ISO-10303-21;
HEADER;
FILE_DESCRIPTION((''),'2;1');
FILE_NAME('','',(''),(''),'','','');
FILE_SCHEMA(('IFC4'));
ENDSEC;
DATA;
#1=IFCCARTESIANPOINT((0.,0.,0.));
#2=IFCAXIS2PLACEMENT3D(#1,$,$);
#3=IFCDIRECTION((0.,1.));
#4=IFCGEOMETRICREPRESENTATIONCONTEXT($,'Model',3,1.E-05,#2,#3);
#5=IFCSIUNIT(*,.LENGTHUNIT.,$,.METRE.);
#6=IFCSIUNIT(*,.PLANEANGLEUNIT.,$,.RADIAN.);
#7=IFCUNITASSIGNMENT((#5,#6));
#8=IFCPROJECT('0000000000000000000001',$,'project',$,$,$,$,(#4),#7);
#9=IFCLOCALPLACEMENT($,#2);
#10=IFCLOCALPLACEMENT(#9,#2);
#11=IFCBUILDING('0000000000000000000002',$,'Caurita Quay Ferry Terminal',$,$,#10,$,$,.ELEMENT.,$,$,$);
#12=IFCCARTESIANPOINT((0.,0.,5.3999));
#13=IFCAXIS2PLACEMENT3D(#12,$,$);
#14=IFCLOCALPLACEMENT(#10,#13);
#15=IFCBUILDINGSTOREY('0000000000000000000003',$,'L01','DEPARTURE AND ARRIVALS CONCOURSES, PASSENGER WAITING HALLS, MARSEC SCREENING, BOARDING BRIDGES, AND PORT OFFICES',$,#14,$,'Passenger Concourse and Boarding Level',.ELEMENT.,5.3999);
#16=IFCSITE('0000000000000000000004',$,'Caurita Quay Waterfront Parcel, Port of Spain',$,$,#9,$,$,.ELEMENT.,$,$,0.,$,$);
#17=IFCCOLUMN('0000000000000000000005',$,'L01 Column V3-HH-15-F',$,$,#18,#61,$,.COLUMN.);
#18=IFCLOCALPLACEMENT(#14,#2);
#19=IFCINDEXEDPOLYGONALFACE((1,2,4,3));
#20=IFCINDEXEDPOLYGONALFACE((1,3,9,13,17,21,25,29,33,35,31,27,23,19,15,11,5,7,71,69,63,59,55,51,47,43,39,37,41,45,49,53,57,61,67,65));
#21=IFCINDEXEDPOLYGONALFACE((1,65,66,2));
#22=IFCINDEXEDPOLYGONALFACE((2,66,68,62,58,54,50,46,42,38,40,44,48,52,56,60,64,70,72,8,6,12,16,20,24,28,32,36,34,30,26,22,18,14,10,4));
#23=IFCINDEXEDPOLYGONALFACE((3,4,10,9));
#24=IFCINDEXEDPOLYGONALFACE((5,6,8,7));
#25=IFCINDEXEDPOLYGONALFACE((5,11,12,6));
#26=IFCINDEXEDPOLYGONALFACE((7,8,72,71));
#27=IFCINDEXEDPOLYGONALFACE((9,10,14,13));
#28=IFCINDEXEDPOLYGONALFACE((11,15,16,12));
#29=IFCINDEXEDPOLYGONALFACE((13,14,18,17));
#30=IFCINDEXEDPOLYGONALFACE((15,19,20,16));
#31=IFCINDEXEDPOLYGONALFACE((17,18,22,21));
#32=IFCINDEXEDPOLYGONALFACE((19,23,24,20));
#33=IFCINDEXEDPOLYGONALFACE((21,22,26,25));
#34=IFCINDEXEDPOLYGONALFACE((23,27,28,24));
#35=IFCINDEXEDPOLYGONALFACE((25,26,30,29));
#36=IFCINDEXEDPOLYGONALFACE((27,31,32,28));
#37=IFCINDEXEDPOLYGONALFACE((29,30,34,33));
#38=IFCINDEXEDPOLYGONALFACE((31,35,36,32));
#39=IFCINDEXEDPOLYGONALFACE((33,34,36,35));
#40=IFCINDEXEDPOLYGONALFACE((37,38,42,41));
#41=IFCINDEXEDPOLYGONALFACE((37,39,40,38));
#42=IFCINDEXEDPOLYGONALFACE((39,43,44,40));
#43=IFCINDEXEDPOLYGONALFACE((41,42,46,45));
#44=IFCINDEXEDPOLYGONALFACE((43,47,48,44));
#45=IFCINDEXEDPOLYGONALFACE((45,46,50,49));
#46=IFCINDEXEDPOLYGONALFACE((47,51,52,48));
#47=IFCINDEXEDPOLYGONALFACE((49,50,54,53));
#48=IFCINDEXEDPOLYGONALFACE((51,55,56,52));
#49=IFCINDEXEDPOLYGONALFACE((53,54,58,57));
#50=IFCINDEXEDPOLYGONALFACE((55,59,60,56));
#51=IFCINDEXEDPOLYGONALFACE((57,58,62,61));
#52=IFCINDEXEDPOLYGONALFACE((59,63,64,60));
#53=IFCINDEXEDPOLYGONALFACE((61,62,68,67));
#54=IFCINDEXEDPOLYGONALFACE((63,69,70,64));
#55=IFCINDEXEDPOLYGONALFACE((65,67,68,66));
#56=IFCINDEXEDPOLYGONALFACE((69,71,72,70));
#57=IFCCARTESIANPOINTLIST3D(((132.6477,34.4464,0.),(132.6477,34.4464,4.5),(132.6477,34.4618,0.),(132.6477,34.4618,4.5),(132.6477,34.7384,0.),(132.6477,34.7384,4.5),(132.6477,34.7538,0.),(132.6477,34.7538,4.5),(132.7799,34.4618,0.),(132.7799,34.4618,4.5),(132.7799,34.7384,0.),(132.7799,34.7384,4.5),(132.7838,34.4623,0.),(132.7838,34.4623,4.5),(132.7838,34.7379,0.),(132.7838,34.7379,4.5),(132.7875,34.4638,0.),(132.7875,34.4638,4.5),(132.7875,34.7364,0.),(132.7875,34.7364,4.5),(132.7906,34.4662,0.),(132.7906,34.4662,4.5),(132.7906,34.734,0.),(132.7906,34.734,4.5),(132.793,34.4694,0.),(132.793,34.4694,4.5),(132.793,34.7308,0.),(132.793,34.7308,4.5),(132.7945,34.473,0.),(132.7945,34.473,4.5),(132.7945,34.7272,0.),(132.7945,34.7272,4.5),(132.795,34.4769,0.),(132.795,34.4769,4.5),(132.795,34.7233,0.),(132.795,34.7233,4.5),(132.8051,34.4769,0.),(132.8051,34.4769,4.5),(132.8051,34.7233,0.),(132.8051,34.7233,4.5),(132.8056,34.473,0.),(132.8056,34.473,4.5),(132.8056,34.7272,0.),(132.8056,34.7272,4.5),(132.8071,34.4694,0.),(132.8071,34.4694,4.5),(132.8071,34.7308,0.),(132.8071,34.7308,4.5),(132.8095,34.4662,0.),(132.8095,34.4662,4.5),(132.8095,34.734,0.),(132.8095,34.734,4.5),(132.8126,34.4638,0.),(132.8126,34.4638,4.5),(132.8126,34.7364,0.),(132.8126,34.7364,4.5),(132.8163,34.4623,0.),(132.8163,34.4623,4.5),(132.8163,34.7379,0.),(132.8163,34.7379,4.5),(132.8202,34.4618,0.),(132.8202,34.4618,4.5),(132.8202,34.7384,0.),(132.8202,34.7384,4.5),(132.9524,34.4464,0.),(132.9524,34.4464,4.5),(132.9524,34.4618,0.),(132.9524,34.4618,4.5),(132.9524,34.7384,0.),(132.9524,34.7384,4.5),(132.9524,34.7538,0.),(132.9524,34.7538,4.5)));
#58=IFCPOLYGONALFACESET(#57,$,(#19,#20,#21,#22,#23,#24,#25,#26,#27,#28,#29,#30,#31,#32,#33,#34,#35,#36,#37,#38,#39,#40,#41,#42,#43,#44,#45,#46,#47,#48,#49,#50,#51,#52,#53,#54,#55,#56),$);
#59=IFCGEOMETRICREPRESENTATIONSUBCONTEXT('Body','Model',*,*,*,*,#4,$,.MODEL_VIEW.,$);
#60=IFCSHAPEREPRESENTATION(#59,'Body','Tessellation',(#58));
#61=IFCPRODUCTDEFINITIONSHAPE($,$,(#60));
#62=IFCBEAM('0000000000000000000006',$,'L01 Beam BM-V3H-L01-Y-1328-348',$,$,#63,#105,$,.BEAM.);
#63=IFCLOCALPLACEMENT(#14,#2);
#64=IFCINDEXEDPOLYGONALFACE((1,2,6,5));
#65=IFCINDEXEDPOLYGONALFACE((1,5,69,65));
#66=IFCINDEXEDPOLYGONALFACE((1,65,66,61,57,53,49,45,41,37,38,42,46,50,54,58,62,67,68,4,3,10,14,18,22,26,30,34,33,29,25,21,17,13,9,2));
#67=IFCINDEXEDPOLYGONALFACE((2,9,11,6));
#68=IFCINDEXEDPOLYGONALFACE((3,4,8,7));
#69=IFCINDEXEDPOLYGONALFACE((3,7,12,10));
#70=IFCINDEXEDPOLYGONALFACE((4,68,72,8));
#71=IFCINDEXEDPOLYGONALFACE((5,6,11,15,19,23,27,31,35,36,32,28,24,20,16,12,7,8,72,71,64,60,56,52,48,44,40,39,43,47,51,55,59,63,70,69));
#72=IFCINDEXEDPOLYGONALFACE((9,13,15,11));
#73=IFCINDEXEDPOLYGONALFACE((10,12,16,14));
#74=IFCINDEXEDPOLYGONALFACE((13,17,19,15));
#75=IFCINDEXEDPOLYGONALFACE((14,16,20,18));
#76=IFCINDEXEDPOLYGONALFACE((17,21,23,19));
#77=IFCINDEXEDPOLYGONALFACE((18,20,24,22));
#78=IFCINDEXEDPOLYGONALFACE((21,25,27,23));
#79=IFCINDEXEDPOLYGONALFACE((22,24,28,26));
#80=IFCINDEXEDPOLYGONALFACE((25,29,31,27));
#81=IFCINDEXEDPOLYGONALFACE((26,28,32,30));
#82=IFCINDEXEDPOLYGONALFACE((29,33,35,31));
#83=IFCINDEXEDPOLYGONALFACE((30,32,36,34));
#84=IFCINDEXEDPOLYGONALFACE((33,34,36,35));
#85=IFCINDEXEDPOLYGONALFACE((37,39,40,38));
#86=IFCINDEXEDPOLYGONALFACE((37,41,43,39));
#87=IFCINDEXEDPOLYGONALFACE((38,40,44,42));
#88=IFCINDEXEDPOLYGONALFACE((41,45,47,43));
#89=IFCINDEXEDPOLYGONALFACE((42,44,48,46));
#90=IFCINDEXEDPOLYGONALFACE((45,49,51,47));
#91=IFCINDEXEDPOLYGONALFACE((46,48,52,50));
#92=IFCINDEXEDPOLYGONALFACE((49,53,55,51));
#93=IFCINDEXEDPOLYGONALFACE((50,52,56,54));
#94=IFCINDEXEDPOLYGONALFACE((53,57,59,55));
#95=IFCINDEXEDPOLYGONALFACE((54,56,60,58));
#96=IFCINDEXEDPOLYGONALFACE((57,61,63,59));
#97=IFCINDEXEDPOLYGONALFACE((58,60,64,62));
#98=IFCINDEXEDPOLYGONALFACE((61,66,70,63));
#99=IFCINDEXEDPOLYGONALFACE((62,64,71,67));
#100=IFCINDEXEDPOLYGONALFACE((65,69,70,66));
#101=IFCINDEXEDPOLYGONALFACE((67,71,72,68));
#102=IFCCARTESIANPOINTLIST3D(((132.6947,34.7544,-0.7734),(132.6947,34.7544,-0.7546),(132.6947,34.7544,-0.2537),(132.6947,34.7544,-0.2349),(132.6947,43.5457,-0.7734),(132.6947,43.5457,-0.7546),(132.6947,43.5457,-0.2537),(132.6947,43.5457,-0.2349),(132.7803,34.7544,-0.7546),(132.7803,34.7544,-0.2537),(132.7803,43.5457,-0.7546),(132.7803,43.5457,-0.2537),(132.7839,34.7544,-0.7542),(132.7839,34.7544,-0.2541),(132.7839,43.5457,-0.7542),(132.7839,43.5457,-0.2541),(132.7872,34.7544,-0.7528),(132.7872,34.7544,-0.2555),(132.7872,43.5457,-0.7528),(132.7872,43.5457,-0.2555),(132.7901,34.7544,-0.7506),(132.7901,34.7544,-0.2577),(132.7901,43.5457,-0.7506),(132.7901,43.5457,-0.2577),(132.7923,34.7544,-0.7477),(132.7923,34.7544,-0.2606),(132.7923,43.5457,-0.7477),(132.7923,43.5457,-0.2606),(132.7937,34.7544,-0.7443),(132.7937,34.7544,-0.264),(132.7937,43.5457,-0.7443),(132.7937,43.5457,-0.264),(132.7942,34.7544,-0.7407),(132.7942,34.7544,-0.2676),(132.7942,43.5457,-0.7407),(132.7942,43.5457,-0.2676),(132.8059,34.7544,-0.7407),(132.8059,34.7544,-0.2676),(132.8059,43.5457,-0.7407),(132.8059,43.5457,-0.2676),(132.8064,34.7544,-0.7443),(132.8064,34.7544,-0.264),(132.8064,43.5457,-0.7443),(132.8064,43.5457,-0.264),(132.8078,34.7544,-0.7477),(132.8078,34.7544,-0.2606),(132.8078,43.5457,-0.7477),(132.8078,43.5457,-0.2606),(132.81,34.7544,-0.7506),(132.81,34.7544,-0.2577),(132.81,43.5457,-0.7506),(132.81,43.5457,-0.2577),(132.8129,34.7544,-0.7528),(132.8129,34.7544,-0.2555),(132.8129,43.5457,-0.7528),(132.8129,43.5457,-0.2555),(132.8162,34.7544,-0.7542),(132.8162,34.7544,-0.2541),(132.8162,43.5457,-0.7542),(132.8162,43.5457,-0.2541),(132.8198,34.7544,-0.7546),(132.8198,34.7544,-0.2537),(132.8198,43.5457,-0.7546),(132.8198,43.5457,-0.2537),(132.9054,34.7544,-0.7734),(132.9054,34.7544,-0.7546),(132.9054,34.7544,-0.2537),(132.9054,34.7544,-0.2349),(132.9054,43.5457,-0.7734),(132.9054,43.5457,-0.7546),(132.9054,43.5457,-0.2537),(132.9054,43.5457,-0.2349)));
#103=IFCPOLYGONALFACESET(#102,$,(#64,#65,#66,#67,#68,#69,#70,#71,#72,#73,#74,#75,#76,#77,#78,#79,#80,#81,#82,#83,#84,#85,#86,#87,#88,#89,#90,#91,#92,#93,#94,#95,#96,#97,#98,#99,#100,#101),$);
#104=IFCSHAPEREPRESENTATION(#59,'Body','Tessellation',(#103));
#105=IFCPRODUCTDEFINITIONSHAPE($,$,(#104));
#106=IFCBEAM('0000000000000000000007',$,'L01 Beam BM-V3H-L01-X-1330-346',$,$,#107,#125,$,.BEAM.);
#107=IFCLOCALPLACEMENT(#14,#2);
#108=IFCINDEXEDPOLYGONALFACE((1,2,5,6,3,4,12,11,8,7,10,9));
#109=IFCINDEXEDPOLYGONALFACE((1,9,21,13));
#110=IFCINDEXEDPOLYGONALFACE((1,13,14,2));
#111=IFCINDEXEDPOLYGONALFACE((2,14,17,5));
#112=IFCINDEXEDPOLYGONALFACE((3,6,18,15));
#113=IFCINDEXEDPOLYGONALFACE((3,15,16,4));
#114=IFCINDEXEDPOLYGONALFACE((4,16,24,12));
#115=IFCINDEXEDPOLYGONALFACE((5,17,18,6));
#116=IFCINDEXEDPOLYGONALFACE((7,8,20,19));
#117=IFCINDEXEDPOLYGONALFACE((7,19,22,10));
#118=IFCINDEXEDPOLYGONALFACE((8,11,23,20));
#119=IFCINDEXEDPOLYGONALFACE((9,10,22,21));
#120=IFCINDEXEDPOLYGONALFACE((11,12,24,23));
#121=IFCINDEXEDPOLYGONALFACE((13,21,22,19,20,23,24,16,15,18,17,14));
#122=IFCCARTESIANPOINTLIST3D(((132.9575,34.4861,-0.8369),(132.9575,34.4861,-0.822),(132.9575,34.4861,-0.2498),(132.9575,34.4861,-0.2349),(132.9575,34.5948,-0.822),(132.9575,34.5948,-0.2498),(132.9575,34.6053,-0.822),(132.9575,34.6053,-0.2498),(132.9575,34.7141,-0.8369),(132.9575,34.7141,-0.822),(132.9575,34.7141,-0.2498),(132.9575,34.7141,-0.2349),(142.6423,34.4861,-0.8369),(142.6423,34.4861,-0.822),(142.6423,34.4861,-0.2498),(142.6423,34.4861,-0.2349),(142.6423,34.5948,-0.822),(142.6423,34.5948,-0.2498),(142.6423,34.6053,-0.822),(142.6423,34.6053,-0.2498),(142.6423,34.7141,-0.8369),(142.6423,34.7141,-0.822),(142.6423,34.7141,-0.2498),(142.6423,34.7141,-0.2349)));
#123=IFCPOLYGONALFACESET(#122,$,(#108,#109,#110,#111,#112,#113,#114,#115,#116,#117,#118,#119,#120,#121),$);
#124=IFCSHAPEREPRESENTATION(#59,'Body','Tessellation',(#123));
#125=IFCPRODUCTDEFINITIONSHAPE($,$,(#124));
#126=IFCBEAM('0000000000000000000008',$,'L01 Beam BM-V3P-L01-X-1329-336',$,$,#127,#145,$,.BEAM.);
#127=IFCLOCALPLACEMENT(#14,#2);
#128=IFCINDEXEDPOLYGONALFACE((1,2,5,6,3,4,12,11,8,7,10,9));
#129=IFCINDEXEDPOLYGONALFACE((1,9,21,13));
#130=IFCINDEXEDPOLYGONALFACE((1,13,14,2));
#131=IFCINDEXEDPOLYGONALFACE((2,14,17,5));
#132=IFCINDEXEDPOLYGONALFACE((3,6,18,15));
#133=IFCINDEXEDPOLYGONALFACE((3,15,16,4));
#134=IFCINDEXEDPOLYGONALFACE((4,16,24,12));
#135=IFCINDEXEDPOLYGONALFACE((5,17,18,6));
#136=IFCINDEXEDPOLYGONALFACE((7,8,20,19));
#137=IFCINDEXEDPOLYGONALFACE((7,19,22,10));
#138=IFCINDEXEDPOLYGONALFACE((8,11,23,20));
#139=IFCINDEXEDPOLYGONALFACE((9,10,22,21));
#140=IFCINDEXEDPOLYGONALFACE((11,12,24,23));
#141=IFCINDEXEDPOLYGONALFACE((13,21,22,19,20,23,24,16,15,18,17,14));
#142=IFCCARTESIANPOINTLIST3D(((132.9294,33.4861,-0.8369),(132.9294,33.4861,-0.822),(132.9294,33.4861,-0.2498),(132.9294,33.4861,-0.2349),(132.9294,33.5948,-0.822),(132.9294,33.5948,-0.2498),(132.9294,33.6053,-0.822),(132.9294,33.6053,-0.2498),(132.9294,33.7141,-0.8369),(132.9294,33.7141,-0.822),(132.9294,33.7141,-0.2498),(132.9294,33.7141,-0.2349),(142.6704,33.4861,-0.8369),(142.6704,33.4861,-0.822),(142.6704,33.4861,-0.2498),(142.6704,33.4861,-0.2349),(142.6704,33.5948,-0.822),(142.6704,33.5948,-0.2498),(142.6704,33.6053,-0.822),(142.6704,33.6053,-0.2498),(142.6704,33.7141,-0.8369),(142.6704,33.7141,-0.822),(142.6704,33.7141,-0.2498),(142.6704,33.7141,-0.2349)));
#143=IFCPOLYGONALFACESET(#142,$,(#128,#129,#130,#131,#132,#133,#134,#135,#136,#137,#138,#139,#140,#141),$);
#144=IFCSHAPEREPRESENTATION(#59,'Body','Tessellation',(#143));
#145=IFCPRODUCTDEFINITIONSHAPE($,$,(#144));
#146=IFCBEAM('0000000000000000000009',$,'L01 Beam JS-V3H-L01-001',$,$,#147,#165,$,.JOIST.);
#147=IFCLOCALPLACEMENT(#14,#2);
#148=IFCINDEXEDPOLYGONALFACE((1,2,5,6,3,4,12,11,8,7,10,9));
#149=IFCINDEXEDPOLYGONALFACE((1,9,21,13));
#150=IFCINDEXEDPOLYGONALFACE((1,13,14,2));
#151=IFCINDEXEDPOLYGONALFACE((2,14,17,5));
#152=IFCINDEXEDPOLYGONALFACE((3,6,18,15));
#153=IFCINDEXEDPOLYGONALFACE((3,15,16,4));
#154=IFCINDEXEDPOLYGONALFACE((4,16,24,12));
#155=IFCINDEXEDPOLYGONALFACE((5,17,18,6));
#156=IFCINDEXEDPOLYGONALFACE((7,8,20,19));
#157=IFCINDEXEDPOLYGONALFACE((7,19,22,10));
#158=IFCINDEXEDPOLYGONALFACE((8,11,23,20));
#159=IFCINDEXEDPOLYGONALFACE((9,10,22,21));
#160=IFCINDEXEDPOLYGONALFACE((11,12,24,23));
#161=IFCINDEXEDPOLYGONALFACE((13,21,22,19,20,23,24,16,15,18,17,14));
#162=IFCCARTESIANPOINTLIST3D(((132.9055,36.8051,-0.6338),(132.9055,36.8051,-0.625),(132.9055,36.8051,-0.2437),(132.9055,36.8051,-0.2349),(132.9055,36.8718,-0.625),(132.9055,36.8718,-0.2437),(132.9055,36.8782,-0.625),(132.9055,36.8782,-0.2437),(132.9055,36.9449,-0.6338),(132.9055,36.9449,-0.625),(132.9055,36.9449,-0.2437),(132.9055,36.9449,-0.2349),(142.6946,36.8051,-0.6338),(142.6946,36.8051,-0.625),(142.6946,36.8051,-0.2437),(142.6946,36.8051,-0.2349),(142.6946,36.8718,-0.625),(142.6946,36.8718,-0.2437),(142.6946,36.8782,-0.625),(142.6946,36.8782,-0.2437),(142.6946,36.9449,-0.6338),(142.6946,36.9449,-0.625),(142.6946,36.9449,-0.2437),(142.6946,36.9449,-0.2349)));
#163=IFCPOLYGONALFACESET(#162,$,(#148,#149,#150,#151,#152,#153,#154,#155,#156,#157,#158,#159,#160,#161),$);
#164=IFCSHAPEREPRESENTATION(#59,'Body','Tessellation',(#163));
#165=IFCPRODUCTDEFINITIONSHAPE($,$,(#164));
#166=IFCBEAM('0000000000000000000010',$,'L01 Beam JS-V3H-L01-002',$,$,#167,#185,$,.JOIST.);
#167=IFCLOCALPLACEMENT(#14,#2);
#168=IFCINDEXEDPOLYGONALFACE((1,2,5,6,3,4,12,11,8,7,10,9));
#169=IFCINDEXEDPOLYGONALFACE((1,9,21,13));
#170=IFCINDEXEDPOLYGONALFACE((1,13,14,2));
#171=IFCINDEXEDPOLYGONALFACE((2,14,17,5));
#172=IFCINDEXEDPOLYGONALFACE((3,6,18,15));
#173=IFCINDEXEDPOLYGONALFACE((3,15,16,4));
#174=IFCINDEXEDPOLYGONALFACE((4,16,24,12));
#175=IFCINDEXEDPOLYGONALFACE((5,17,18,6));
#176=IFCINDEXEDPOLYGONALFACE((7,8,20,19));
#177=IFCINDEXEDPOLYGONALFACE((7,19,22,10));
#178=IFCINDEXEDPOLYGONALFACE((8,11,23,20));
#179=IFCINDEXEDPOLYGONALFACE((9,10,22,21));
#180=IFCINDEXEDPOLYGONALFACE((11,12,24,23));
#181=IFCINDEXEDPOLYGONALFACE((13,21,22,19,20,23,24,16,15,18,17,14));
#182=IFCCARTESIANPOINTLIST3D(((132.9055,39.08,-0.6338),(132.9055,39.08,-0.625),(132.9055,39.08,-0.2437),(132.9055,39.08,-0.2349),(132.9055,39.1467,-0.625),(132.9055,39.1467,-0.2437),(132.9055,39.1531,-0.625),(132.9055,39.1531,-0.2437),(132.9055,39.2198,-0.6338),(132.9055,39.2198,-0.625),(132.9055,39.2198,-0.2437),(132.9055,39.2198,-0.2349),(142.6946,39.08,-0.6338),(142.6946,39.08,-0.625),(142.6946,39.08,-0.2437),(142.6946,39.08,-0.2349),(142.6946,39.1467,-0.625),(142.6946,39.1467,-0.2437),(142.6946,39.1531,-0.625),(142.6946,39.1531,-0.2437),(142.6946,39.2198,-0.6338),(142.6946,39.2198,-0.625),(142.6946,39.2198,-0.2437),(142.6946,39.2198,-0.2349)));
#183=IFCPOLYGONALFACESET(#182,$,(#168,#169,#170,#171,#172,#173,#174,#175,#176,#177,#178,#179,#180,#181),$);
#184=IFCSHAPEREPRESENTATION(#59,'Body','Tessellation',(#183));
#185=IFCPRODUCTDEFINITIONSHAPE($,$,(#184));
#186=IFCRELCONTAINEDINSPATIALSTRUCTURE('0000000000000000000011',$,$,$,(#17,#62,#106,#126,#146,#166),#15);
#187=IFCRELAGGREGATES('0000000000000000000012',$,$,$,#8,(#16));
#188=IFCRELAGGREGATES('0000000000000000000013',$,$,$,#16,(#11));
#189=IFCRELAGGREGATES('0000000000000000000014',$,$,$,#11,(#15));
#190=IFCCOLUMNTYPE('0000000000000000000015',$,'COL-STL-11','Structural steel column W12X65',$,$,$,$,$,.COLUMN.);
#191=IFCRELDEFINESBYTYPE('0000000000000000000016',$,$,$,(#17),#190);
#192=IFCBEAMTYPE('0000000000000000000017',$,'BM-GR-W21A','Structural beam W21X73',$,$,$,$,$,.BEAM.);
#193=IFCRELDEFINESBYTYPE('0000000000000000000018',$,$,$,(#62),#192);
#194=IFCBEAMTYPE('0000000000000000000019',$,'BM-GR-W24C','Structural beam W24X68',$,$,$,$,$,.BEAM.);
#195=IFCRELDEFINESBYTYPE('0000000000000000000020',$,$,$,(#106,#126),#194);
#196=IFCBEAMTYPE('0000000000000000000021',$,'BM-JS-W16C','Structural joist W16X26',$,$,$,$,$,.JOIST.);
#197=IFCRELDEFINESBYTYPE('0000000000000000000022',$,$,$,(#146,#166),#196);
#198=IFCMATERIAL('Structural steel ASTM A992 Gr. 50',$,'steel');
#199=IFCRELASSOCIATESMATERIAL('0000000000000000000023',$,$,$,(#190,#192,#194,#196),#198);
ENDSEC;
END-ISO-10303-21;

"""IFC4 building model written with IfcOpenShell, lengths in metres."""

from ifc_helpers import new_model, si_unit, direction, frame, origin, origin_2d, place, context, subcontext, project, spatial, i_section, extrude, material, material_profile, profile_set, type_object, element, save


model = new_model("IFC4")

# Units and contexts
model_context = context("Model", 3, precision=1e-05, world=origin(), true_north=direction((0.0, 1.0)))
body_context = subcontext(model_context, "Body", "Model", "MODEL_VIEW")
ifc_project = project(units=[si_unit("LENGTHUNIT", "METRE"), si_unit("PLANEANGLEUNIT", "RADIAN")], contexts=[model_context])

# Site, building, storey
site_placement = place(None, origin())
site = spatial("IfcSite", under=ifc_project, at=site_placement, Name="Caurita Quay Waterfront Parcel, Port of Spain", CompositionType="ELEMENT", RefElevation=0.0)
building_placement = place(site_placement, origin())
building = spatial("IfcBuilding", under=site, at=building_placement, Name="Caurita Quay Ferry Terminal", CompositionType="ELEMENT")
storey_placement = place(building_placement, frame((0.0, 0.0, 5.3999)))
storey = spatial("IfcBuildingStorey", under=building, at=storey_placement, Name="L01", Description="DEPARTURE AND ARRIVALS CONCOURSES, PASSENGER WAITING HALLS, MARSEC SCREENING, BOARDING BRIDGES, AND PORT OFFICES", LongName="Passenger Concourse and Boarding Level", CompositionType="ELEMENT", Elevation=5.3999)

# Column
ifc_material_1 = material(Name="Structural steel ASTM A992 Gr. 50", Category="steel")
ifc_material_profile_1 = material_profile(ifc_material_1, i_section(OverallWidth=0.3047, OverallDepth=0.3074, WebThickness=0.01, FlangeThickness=0.0154, FilletRadius=0.0151, at=origin_2d()), Name="W12X65")
ifc_profile_set_1 = profile_set([ifc_material_profile_1], Name="Structural steel ASTM A992 Gr. 50")
column_type = type_object("IfcColumnType", Name="COL-STL-11", Description="Structural steel column W12X65", PredefinedType="COLUMN", material=ifc_profile_set_1)
column_placement = place(storey_placement, frame((132.8, 34.6001, 0.0), z_axis=(0.0, 0.0, 1.0), x_axis=(1.0, 0.0, 0.0)))
element("IfcColumn", 1, at=column_placement, inside=storey, type_object=column_type, Name="L01 Column V3-HH-15-F", PredefinedType="COLUMN", context=body_context, shape_type="SweptSolid", body=[
    extrude(i_section(OverallWidth=0.3047, OverallDepth=0.3074, WebThickness=0.01, FlangeThickness=0.0154, FilletRadius=0.0151, at=origin_2d()), origin(), (0.0, 0.0, 1.0), 4.5),
])

# Beams
ifc_material_profile_2 = material_profile(ifc_material_1, i_section(OverallWidth=0.2107, OverallDepth=0.5386, WebThickness=0.0117, FlangeThickness=0.0188, FilletRadius=0.0139, at=origin_2d()), Name="W21X73")
ifc_profile_set_2 = profile_set([ifc_material_profile_2], Name="Structural steel ASTM A992 Gr. 50")
beam_type_1 = type_object("IfcBeamType", Name="BM-GR-W21A", Description="Structural beam W21X73", PredefinedType="BEAM", material=ifc_profile_set_2)
beam_1_placement = place(storey_placement, frame((132.8, 34.7544, -0.5042), z_axis=(0.0, 1.0, 0.0), x_axis=(-1.0, 0.0, 0.0)))
element("IfcBeam", 2, at=beam_1_placement, inside=storey, type_object=beam_type_1, Name="L01 Beam BM-V3H-L01-Y-1328-348", PredefinedType="BEAM", context=body_context, shape_type="SweptSolid", body=[
    extrude(i_section(OverallWidth=0.2107, OverallDepth=0.5386, WebThickness=0.0117, FlangeThickness=0.0188, FilletRadius=0.0139, at=origin_2d()), origin(), (0.0, 0.0, 1.0), 8.7913),
])
ifc_material_profile_3 = material_profile(ifc_material_1, i_section(OverallWidth=0.228, OverallDepth=0.6021, WebThickness=0.0105, FlangeThickness=0.0149, at=origin_2d()), Name="W24X68")
ifc_profile_set_3 = profile_set([ifc_material_profile_3], Name="Structural steel ASTM A992 Gr. 50")
beam_type_2 = type_object("IfcBeamType", Name="BM-GR-W24C", Description="Structural beam W24X68", PredefinedType="BEAM", material=ifc_profile_set_3)
beam_2_placement = place(storey_placement, frame((132.9575, 34.6001, -0.5359), z_axis=(1.0, 0.0, 0.0), x_axis=(0.0, 1.0, 0.0)))
element("IfcBeam", 3, at=beam_2_placement, inside=storey, type_object=beam_type_2, Name="L01 Beam BM-V3H-L01-X-1330-346", PredefinedType="BEAM", context=body_context, shape_type="SweptSolid", body=[
    extrude(i_section(OverallWidth=0.228, OverallDepth=0.6021, WebThickness=0.0105, FlangeThickness=0.0149, at=origin_2d()), origin(), (0.0, 0.0, 1.0), 9.6848),
])
beam_3_placement = place(storey_placement, frame((132.9294, 33.6001, -0.5359), z_axis=(1.0, 0.0, 0.0), x_axis=(0.0, 1.0, 0.0)))
element("IfcBeam", 4, at=beam_3_placement, inside=storey, type_object=beam_type_2, Name="L01 Beam BM-V3P-L01-X-1329-336", PredefinedType="BEAM", context=body_context, shape_type="SweptSolid", body=[
    extrude(i_section(OverallWidth=0.228, OverallDepth=0.6021, WebThickness=0.0105, FlangeThickness=0.0149, at=origin_2d()), origin(), (0.0, 0.0, 1.0), 9.741),
])
ifc_material_profile_4 = material_profile(ifc_material_1, i_section(OverallWidth=0.1399, OverallDepth=0.3989, WebThickness=0.0063, FlangeThickness=0.0088, at=origin_2d()), Name="W16X26")
ifc_profile_set_4 = profile_set([ifc_material_profile_4], Name="Structural steel ASTM A992 Gr. 50")
beam_type_3 = type_object("IfcBeamType", Name="BM-JS-W16C", Description="Structural joist W16X26", PredefinedType="JOIST", material=ifc_profile_set_4)
for number, where, z_axis, x_axis, name in (
    (5, (132.9055, 36.875, -0.4343), (1.0, 0.0, 0.0), (0.0, 1.0, 0.0), "L01 Beam JS-V3H-L01-001"),
    (6, (132.9055, 39.1499, -0.4343), (1.0, 0.0, 0.0), (0.0, 1.0, 0.0), "L01 Beam JS-V3H-L01-002"),
):
    element("IfcBeam", number, at=place(storey_placement, frame(where, z_axis=z_axis, x_axis=x_axis)), inside=storey, type_object=beam_type_3, Name=name, PredefinedType="JOIST", context=body_context, shape_type="SweptSolid", body=[
        extrude(i_section(OverallWidth=0.1399, OverallDepth=0.3989, WebThickness=0.0063, FlangeThickness=0.0088, at=origin_2d()), origin(), (0.0, 0.0, 1.0), 9.7891),
    ])

save(model, "model.ifc")
